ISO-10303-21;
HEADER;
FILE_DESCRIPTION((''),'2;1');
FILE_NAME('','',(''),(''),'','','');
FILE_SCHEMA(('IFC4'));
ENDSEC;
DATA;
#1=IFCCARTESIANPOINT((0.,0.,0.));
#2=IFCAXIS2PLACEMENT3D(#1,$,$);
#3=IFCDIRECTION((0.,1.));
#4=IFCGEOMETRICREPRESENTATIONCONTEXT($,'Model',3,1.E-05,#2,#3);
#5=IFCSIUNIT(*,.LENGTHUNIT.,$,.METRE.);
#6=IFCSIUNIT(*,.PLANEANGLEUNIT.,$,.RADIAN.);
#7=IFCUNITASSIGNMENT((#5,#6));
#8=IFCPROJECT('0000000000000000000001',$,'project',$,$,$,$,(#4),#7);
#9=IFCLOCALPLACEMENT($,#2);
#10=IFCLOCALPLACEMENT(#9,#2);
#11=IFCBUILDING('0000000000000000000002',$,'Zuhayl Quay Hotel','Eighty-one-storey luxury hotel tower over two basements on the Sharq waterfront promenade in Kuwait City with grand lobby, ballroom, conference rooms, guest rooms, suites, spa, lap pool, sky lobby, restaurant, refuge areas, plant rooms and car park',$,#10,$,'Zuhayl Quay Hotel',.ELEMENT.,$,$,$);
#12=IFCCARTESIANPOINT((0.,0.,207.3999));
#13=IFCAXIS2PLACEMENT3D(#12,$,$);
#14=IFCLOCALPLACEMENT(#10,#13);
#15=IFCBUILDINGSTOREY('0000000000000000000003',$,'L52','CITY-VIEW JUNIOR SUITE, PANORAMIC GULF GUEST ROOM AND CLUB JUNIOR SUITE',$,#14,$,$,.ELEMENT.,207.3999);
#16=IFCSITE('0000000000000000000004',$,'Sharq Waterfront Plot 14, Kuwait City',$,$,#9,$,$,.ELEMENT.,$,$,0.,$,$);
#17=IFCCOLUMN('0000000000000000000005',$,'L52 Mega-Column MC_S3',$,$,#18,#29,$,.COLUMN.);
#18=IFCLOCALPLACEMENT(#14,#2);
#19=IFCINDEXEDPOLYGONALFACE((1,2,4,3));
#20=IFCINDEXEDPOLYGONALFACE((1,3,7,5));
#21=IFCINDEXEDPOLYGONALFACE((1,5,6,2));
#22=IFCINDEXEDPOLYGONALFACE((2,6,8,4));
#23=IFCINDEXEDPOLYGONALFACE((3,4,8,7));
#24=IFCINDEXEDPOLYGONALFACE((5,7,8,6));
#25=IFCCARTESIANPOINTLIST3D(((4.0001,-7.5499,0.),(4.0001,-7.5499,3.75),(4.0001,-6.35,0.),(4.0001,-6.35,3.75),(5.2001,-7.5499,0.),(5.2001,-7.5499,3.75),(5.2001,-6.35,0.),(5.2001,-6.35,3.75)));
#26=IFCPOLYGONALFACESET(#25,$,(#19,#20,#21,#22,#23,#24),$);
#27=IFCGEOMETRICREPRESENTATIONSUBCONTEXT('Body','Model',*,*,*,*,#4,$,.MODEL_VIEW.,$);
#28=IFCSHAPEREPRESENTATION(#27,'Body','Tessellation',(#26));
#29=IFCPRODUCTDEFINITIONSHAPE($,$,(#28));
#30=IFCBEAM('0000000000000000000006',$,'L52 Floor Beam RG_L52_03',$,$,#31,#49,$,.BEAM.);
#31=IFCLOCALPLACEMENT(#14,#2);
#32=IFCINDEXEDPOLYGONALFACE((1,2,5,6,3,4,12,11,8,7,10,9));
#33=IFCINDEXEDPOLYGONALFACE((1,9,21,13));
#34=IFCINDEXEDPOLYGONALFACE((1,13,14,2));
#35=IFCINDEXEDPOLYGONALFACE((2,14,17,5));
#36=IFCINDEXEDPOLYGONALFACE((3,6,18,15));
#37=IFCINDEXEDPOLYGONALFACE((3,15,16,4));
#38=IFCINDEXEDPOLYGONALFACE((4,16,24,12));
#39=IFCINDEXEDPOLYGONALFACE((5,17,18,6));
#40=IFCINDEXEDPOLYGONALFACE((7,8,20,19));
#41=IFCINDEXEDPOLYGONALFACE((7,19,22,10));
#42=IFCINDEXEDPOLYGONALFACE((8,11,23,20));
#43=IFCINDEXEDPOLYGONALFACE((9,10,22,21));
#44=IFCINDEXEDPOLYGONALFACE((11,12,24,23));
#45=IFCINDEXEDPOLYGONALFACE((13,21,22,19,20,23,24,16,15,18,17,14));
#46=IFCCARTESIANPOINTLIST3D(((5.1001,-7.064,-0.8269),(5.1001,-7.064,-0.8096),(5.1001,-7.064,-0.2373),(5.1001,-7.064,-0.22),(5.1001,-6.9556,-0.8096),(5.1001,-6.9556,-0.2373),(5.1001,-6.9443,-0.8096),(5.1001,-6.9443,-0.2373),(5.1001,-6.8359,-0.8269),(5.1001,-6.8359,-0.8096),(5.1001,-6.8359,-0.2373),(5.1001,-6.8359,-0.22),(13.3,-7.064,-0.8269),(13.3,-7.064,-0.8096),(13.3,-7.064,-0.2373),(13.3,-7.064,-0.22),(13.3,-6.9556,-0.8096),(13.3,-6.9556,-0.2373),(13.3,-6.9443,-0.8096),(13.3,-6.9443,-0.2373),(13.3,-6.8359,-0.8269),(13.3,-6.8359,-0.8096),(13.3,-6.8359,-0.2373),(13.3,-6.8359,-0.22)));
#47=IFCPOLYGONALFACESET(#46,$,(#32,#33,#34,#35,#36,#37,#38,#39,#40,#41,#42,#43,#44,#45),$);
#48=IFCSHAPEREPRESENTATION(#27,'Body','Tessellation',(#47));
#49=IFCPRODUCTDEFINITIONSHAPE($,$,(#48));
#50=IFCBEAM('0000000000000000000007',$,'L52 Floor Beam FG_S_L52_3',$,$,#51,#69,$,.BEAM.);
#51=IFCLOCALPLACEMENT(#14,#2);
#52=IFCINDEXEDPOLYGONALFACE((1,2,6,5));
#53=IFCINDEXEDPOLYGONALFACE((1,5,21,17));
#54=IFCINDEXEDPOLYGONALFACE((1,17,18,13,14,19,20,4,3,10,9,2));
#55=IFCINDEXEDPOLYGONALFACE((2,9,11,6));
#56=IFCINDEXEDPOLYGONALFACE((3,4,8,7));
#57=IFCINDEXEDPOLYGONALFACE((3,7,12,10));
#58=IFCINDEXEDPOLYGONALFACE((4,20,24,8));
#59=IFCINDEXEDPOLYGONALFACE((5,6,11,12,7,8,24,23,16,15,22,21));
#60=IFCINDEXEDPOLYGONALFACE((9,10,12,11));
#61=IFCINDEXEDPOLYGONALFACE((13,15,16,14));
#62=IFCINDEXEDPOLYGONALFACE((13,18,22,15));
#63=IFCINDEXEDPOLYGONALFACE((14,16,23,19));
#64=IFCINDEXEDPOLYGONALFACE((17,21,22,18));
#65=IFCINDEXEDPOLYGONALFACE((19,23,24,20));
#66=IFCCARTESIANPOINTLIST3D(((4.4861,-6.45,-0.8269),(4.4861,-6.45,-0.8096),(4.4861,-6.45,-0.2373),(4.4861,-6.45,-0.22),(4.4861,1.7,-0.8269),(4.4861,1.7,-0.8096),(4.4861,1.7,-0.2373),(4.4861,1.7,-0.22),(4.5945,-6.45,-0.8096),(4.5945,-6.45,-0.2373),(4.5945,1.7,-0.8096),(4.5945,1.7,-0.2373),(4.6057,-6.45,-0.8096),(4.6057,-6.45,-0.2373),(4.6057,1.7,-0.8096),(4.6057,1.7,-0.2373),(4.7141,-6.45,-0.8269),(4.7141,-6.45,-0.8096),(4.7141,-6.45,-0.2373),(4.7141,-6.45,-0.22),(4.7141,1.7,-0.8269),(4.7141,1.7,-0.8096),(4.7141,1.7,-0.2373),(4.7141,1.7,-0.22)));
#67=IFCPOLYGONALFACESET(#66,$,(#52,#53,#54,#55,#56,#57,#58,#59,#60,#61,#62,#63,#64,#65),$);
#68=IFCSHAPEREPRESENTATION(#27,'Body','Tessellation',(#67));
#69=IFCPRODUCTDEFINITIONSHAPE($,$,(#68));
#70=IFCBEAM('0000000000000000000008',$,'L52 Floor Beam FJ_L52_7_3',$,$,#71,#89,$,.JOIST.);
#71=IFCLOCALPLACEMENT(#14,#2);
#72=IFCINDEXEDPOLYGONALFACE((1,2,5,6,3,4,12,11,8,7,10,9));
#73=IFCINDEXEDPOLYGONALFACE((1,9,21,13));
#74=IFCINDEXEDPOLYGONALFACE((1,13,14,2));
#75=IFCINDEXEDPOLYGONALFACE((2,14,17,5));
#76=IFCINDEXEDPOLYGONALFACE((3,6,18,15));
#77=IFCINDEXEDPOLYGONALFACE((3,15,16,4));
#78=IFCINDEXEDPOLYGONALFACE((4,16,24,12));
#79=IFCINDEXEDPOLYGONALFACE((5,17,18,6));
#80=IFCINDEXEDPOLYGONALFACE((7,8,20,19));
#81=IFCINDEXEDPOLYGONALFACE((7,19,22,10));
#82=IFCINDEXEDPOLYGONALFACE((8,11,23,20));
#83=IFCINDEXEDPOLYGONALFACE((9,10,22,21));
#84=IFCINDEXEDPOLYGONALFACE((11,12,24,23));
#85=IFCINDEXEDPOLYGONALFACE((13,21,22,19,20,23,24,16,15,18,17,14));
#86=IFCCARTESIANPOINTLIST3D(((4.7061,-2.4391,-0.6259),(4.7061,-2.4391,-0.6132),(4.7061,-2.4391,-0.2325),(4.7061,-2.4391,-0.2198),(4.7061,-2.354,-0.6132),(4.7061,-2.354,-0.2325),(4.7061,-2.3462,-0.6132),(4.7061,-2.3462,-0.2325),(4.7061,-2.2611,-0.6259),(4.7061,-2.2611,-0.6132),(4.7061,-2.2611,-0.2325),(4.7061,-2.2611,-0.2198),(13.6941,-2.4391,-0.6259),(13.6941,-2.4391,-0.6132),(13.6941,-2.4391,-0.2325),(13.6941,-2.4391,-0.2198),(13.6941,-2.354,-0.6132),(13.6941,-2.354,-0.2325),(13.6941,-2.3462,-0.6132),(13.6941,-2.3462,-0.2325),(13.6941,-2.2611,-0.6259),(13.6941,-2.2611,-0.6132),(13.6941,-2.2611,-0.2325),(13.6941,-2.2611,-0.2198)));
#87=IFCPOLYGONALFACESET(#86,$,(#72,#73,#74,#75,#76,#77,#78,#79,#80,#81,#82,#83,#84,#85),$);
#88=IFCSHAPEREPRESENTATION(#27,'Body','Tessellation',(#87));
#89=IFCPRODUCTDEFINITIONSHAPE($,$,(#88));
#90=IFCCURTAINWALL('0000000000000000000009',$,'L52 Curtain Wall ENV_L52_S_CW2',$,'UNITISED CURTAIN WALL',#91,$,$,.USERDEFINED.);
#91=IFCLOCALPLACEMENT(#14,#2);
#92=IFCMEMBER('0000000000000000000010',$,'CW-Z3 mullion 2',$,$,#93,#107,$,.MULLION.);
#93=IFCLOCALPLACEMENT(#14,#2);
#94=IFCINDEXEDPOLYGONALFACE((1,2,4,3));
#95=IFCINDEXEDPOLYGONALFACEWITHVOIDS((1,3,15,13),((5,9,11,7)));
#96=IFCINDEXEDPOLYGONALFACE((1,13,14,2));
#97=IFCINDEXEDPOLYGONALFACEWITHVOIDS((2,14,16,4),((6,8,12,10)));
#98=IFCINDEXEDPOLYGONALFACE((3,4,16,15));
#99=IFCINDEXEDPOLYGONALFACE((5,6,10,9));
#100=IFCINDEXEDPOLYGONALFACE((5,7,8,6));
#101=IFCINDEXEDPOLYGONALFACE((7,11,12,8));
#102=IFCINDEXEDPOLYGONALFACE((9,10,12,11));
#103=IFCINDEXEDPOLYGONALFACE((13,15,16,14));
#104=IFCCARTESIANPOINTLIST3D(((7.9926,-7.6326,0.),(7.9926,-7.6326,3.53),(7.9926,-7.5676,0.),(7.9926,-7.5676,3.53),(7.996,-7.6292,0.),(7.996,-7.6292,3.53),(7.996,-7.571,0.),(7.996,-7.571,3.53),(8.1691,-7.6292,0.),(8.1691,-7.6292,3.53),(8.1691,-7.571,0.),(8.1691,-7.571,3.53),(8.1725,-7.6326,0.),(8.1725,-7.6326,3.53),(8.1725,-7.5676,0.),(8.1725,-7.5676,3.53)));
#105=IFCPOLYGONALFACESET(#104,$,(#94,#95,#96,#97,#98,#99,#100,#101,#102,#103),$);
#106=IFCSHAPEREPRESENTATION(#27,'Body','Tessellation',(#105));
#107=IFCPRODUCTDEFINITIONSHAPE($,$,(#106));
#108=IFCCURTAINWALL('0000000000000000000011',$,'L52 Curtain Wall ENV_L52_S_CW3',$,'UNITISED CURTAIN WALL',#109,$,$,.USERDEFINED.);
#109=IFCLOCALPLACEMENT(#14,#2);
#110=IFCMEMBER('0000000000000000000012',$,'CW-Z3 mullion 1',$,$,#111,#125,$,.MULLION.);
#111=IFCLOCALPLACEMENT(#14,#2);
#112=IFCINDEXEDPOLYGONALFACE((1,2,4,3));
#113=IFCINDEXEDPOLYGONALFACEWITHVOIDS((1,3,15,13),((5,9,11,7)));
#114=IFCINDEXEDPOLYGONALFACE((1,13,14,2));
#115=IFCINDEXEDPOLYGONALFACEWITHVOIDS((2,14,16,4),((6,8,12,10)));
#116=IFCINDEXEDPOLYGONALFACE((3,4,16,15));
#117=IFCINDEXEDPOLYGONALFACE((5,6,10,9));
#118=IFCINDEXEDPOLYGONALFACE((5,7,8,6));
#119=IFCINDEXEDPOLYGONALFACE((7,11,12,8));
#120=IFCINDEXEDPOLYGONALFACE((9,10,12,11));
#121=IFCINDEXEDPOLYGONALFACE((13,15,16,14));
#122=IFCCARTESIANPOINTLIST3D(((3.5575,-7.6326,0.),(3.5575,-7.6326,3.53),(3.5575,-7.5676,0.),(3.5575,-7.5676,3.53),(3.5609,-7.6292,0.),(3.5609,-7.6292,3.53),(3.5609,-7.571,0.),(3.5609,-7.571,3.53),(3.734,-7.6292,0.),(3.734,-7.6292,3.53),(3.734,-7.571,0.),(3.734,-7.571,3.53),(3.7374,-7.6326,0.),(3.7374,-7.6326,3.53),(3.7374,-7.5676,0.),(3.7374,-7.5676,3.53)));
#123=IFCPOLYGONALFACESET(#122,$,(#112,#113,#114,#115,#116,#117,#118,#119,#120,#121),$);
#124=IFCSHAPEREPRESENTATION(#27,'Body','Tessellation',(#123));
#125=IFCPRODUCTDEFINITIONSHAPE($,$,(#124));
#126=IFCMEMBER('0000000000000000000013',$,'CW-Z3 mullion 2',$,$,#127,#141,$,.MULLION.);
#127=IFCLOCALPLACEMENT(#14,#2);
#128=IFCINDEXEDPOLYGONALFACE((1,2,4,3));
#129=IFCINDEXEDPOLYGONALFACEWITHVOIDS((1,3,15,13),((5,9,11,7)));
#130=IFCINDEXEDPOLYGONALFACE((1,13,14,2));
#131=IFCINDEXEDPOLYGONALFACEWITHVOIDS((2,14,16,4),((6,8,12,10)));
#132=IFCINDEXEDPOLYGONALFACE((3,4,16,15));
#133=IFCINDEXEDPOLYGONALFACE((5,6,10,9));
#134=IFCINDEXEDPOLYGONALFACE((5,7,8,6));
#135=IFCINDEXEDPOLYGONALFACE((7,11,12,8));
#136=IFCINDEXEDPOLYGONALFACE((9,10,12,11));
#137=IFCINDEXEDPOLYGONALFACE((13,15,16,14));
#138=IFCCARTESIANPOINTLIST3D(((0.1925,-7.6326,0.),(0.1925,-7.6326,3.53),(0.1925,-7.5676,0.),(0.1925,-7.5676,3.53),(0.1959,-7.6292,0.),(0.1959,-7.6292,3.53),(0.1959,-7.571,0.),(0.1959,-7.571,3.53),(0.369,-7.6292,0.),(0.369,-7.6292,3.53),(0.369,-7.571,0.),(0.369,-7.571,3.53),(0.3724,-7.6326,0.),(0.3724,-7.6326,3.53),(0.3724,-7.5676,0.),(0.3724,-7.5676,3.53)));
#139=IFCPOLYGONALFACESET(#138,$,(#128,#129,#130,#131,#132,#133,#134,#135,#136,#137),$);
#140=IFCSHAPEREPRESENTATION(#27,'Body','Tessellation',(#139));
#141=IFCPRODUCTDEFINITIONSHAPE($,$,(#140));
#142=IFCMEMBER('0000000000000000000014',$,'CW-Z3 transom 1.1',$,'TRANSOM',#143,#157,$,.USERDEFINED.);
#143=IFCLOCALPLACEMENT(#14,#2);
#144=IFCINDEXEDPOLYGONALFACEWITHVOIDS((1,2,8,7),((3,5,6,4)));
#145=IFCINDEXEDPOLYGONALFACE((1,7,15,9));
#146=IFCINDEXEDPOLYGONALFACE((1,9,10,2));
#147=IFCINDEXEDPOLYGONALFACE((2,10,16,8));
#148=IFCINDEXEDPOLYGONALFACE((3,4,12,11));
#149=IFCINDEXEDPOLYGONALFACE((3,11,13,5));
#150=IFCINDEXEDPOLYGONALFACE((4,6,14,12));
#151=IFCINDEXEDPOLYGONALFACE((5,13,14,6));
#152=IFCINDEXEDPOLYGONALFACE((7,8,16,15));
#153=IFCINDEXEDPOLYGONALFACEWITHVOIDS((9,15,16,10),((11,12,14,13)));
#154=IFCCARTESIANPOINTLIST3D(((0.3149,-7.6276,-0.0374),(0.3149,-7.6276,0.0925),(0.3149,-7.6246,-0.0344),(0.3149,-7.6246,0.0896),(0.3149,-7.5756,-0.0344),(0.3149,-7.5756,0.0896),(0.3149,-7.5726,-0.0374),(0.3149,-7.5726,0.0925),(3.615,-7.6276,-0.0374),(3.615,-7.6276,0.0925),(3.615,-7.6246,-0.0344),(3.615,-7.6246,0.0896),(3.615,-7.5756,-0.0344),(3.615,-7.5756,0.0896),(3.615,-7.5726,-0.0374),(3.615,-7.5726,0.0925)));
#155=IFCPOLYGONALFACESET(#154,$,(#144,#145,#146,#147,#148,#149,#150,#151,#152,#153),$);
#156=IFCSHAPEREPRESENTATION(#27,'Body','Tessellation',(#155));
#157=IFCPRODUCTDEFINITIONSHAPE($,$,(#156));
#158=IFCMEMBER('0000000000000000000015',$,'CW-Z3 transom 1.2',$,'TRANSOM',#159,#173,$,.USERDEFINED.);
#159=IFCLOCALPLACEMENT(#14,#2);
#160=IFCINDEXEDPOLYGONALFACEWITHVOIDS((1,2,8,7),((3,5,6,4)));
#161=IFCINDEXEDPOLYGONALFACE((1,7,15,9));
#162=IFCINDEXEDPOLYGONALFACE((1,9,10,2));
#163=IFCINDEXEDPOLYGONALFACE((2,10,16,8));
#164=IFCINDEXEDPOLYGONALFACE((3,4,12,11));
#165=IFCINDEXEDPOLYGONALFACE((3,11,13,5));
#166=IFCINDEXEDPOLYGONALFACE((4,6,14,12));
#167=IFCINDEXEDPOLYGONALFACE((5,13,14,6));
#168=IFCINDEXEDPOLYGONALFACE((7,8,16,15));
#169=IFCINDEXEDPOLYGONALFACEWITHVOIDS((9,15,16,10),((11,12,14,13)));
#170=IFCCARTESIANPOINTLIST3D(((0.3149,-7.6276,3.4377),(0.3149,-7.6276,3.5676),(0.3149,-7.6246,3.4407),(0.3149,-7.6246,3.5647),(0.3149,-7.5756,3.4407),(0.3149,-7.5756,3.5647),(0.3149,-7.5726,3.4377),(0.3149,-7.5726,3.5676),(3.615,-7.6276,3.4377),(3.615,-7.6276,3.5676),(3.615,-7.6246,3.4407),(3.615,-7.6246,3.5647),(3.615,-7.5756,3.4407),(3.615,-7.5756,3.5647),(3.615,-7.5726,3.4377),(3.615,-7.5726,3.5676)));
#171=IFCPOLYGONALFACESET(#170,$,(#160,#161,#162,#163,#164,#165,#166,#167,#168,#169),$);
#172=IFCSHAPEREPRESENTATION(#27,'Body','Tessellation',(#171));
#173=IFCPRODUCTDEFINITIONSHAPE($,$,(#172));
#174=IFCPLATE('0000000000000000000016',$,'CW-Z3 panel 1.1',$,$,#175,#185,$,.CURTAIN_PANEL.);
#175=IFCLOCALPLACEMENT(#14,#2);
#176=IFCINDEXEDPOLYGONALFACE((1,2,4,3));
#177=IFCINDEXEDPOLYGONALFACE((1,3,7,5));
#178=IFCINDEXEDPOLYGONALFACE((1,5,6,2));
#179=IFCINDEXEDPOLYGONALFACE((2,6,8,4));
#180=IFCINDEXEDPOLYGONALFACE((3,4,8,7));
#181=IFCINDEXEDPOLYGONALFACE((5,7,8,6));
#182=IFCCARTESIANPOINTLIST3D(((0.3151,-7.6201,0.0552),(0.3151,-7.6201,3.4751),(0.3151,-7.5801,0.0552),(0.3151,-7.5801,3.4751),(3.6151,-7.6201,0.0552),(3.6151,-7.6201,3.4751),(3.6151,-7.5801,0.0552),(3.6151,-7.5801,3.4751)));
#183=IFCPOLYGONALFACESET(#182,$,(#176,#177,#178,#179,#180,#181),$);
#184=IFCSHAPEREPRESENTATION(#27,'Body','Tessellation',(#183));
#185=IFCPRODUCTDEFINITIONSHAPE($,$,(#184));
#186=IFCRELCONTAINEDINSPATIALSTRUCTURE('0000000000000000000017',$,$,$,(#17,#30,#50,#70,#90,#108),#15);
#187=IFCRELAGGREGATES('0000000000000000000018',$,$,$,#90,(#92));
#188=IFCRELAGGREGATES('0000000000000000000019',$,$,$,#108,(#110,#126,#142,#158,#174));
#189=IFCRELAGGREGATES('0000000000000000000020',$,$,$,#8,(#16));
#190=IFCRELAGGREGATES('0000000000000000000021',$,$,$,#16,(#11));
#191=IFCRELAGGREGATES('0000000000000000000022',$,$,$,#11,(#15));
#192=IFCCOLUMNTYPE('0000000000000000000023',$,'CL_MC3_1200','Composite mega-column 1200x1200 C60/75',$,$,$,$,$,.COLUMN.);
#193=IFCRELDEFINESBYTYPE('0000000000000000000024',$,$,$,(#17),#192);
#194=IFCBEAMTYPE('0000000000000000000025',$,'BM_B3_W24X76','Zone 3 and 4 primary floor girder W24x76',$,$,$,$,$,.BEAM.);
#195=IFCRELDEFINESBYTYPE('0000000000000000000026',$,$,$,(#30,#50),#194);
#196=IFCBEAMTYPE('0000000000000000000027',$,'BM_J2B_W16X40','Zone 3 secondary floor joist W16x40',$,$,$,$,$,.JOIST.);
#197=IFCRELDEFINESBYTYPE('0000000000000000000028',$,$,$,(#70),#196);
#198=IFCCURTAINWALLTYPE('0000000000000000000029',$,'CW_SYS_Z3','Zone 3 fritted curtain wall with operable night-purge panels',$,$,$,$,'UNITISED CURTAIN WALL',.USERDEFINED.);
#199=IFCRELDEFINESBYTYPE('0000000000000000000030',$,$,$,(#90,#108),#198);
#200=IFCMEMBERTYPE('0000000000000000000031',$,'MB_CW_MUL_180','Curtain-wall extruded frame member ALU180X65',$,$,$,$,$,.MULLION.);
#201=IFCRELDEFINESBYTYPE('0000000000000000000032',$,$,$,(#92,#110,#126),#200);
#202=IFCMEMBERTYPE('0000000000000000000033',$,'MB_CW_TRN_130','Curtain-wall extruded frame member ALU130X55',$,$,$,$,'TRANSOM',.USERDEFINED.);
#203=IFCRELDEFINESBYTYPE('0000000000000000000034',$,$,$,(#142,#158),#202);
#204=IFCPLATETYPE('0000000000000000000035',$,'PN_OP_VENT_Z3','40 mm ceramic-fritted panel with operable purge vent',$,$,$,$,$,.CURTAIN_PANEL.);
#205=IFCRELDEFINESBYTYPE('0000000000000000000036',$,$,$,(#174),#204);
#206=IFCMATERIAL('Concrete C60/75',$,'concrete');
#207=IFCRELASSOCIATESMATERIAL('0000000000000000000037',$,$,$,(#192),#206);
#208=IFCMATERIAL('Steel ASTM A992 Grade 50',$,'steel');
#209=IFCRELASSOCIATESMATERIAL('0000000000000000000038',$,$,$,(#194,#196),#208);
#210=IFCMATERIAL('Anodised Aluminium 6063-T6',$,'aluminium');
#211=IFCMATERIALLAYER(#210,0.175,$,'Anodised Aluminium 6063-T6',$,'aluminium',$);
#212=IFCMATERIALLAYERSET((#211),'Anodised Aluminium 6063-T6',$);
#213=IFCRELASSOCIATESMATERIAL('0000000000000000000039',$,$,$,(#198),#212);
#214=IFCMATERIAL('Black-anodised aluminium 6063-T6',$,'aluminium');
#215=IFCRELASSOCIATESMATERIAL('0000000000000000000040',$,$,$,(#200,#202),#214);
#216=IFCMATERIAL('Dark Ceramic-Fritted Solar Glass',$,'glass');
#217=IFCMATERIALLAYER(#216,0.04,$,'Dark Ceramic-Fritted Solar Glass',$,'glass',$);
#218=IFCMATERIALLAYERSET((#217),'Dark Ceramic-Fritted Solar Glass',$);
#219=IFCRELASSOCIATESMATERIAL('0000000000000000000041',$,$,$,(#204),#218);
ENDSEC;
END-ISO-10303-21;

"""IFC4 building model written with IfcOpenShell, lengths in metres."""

from ifc_helpers import new_model, si_unit, direction, frame, origin, origin_2d, place, context, subcontext, project, spatial, rectangle, hollow_rectangle, i_section, extrude, material, layer, layer_set, material_profile, profile_set, type_object, element, aggregate, save


model = new_model("IFC4")

# Units and contexts
model_context = context("Model", 3, precision=1e-05, world=origin(), true_north=direction((0.0, 1.0)))
body_context = subcontext(model_context, "Body", "Model", "MODEL_VIEW")
ifc_project = project(units=[si_unit("LENGTHUNIT", "METRE"), si_unit("PLANEANGLEUNIT", "RADIAN")], contexts=[model_context])

# Site, building, storey
site_placement = place(None, origin())
site = spatial("IfcSite", under=ifc_project, at=site_placement, Name="Sharq Waterfront Plot 14, Kuwait City", CompositionType="ELEMENT", RefElevation=0.0)
building_placement = place(site_placement, origin())
building = spatial("IfcBuilding", under=site, at=building_placement, Name="Zuhayl Quay Hotel", Description="Eighty-one-storey luxury hotel tower over two basements on the Sharq waterfront promenade in Kuwait City with grand lobby, ballroom, conference rooms, guest rooms, suites, spa, lap pool, sky lobby, restaurant, refuge areas, plant rooms and car park", LongName="Zuhayl Quay Hotel", CompositionType="ELEMENT")
storey_placement = place(building_placement, frame((0.0, 0.0, 207.3999)))
storey = spatial("IfcBuildingStorey", under=building, at=storey_placement, Name="L52", Description="CITY-VIEW JUNIOR SUITE, PANORAMIC GULF GUEST ROOM AND CLUB JUNIOR SUITE", CompositionType="ELEMENT", Elevation=207.3999)

# Column
ifc_material_1 = material(Name="Concrete C60/75", Category="concrete")
ifc_material_profile_1 = material_profile(ifc_material_1, rectangle(XDim=1.2, YDim=1.2, at=origin_2d()), Name="RC1200X1200")
ifc_profile_set_1 = profile_set([ifc_material_profile_1], Name="Concrete C60/75")
column_type = type_object("IfcColumnType", Name="CL_MC3_1200", Description="Composite mega-column 1200x1200 C60/75", PredefinedType="COLUMN", material=ifc_profile_set_1)
column_placement = place(storey_placement, frame((4.6001, -6.95, 0.0), z_axis=(0.0, 0.0, 1.0), x_axis=(1.0, 0.0, 0.0)))
element("IfcColumn", 1, at=column_placement, inside=storey, type_object=column_type, Name="L52 Mega-Column MC_S3", PredefinedType="COLUMN", context=body_context, shape_type="SweptSolid", body=[
    extrude(rectangle(XDim=1.2, YDim=1.2, at=origin_2d()), origin(), (0.0, 0.0, 1.0), 3.75),
])

# Beams
ifc_material_2 = material(Name="Steel ASTM A992 Grade 50", Category="steel")
ifc_material_profile_2 = material_profile(ifc_material_2, i_section(OverallWidth=0.228, OverallDepth=0.6069, WebThickness=0.0112, FlangeThickness=0.0173, at=origin_2d()), Name="W24X76")
ifc_profile_set_2 = profile_set([ifc_material_profile_2], Name="Steel ASTM A992 Grade 50")
beam_type_1 = type_object("IfcBeamType", Name="BM_B3_W24X76", Description="Zone 3 and 4 primary floor girder W24x76", PredefinedType="BEAM", material=ifc_profile_set_2)
beam_1_placement = place(storey_placement, frame((5.1001, -6.95, -0.5234), z_axis=(1.0, 0.0, 0.0), x_axis=(0.0, 1.0, 0.0)))
element("IfcBeam", 2, at=beam_1_placement, inside=storey, type_object=beam_type_1, Name="L52 Floor Beam RG_L52_03", PredefinedType="BEAM", context=body_context, shape_type="SweptSolid", body=[
    extrude(i_section(OverallWidth=0.228, OverallDepth=0.6069, WebThickness=0.0112, FlangeThickness=0.0173, at=origin_2d()), origin(), (0.0, 0.0, 1.0), 8.2),
])
beam_2_placement = place(storey_placement, frame((4.6001, -6.45, -0.5234), z_axis=(0.0, 1.0, 0.0), x_axis=(-1.0, 0.0, 0.0)))
element("IfcBeam", 3, at=beam_2_placement, inside=storey, type_object=beam_type_1, Name="L52 Floor Beam FG_S_L52_3", PredefinedType="BEAM", context=body_context, shape_type="SweptSolid", body=[
    extrude(i_section(OverallWidth=0.228, OverallDepth=0.6069, WebThickness=0.0112, FlangeThickness=0.0173, at=origin_2d()), origin(), (0.0, 0.0, 1.0), 8.1499),
])
ifc_material_profile_3 = material_profile(ifc_material_2, i_section(OverallWidth=0.178, OverallDepth=0.406, WebThickness=0.0078, FlangeThickness=0.0127, at=origin_2d()), Name="W16X40")
ifc_profile_set_3 = profile_set([ifc_material_profile_3], Name="Steel ASTM A992 Grade 50")
beam_type_2 = type_object("IfcBeamType", Name="BM_J2B_W16X40", Description="Zone 3 secondary floor joist W16x40", PredefinedType="JOIST", material=ifc_profile_set_3)
beam_3_placement = place(storey_placement, frame((4.7061, -2.3501, -0.4229), z_axis=(1.0, 0.0, 0.0), x_axis=(0.0, 1.0, 0.0)))
element("IfcBeam", 4, at=beam_3_placement, inside=storey, type_object=beam_type_2, Name="L52 Floor Beam FJ_L52_7_3", PredefinedType="JOIST", context=body_context, shape_type="SweptSolid", body=[
    extrude(i_section(OverallWidth=0.178, OverallDepth=0.406, WebThickness=0.0078, FlangeThickness=0.0127, at=origin_2d()), origin(), (0.0, 0.0, 1.0), 8.988),
])

# Curtain wall, member
ifc_material_3 = material(Name="Anodised Aluminium 6063-T6", Category="aluminium")
ifc_layer_1 = layer(ifc_material_3, 0.175, Name="Anodised Aluminium 6063-T6", Category="aluminium")
ifc_layer_set_1 = layer_set([ifc_layer_1], Name="Anodised Aluminium 6063-T6")
curtain_wall_type = type_object("IfcCurtainWallType", Name="CW_SYS_Z3", Description="Zone 3 fritted curtain wall with operable night-purge panels", ElementType="UNITISED CURTAIN WALL", PredefinedType="USERDEFINED", material=ifc_layer_set_1)
curtain_wall_1_placement = place(storey_placement, origin())
curtain_wall_1 = element("IfcCurtainWall", 5, at=curtain_wall_1_placement, inside=storey, type_object=curtain_wall_type, Name="L52 Curtain Wall ENV_L52_S_CW2", ObjectType="UNITISED CURTAIN WALL", PredefinedType="USERDEFINED")
ifc_material_4 = material(Name="Black-anodised aluminium 6063-T6", Category="aluminium")
ifc_material_profile_4 = material_profile(ifc_material_4, hollow_rectangle(XDim=0.0649, YDim=0.1799, WallThickness=0.0034, at=origin_2d()), Name="ALU180X65")
ifc_profile_set_4 = profile_set([ifc_material_profile_4], Name="Black-anodised aluminium 6063-T6")
member_type_1 = type_object("IfcMemberType", Name="MB_CW_MUL_180", Description="Curtain-wall extruded frame member ALU180X65", PredefinedType="MULLION", material=ifc_profile_set_4)
member_1_placement = place(storey_placement, frame((8.0825, -7.6001, 0.0), z_axis=(0.0, 0.0, 1.0), x_axis=(0.0, -1.0, 0.0)))
member_1 = element("IfcMember", 6, at=member_1_placement, type_object=member_type_1, Name="CW-Z3 mullion 2", PredefinedType="MULLION", context=body_context, shape_type="SweptSolid", body=[
    extrude(hollow_rectangle(XDim=0.0649, YDim=0.1799, WallThickness=0.0034, at=origin_2d()), origin(), (0.0, 0.0, 1.0), 3.53),
])
aggregate(curtain_wall_1, [member_1])

# Curtain wall, members, plate
curtain_wall_2_placement = place(storey_placement, origin())
curtain_wall_2 = element("IfcCurtainWall", 7, at=curtain_wall_2_placement, inside=storey, type_object=curtain_wall_type, Name="L52 Curtain Wall ENV_L52_S_CW3", ObjectType="UNITISED CURTAIN WALL", PredefinedType="USERDEFINED")
member_2_placement = place(storey_placement, frame((3.6475, -7.6001, 0.0), z_axis=(0.0, 0.0, 1.0), x_axis=(0.0, -1.0, 0.0)))
member_2 = element("IfcMember", 8, at=member_2_placement, type_object=member_type_1, Name="CW-Z3 mullion 1", PredefinedType="MULLION", context=body_context, shape_type="SweptSolid", body=[
    extrude(hollow_rectangle(XDim=0.0649, YDim=0.1799, WallThickness=0.0034, at=origin_2d()), origin(), (0.0, 0.0, 1.0), 3.53),
])
member_3_placement = place(storey_placement, frame((0.2825, -7.6001, 0.0), z_axis=(0.0, 0.0, 1.0), x_axis=(0.0, -1.0, 0.0)))
member_3 = element("IfcMember", 9, at=member_3_placement, type_object=member_type_1, Name="CW-Z3 mullion 2", PredefinedType="MULLION", context=body_context, shape_type="SweptSolid", body=[
    extrude(hollow_rectangle(XDim=0.0649, YDim=0.1799, WallThickness=0.0034, at=origin_2d()), origin(), (0.0, 0.0, 1.0), 3.53),
])
ifc_material_profile_5 = material_profile(ifc_material_4, hollow_rectangle(XDim=0.0549, YDim=0.1299, WallThickness=0.0029, at=origin_2d()), Name="ALU130X55")
ifc_profile_set_5 = profile_set([ifc_material_profile_5], Name="Black-anodised aluminium 6063-T6")
member_type_2 = type_object("IfcMemberType", Name="MB_CW_TRN_130", Description="Curtain-wall extruded frame member ALU130X55", ElementType="TRANSOM", PredefinedType="USERDEFINED", material=ifc_profile_set_5)
member_4_placement = place(storey_placement, frame((3.615, -7.6001, 0.0276), z_axis=(-1.0, 0.0, 0.0), x_axis=(0.0, -1.0, 0.0)))
member_4 = element("IfcMember", 10, at=member_4_placement, type_object=member_type_2, Name="CW-Z3 transom 1.1", ObjectType="TRANSOM", PredefinedType="USERDEFINED", context=body_context, shape_type="SweptSolid", body=[
    extrude(hollow_rectangle(XDim=0.0549, YDim=0.1299, WallThickness=0.0029, at=origin_2d()), origin(), (0.0, 0.0, 1.0), 3.3),
])
member_5_placement = place(storey_placement, frame((3.615, -7.6001, 3.5027), z_axis=(-1.0, 0.0, 0.0), x_axis=(0.0, -1.0, 0.0)))
member_5 = element("IfcMember", 11, at=member_5_placement, type_object=member_type_2, Name="CW-Z3 transom 1.2", ObjectType="TRANSOM", PredefinedType="USERDEFINED", context=body_context, shape_type="SweptSolid", body=[
    extrude(hollow_rectangle(XDim=0.0549, YDim=0.1299, WallThickness=0.0029, at=origin_2d()), origin(), (0.0, 0.0, 1.0), 3.3),
])
ifc_material_5 = material(Name="Dark Ceramic-Fritted Solar Glass", Category="glass")
ifc_layer_2 = layer(ifc_material_5, 0.04, Name="Dark Ceramic-Fritted Solar Glass", Category="glass")
ifc_layer_set_2 = layer_set([ifc_layer_2], Name="Dark Ceramic-Fritted Solar Glass")
plate_type = type_object("IfcPlateType", Name="PN_OP_VENT_Z3", Description="40 mm ceramic-fritted panel with operable purge vent", PredefinedType="CURTAIN_PANEL", material=ifc_layer_set_2)
plate_placement = place(storey_placement, frame((1.9651, -7.6001, 0.0552), z_axis=(0.0, 0.0, 1.0), x_axis=(-1.0, 0.0, 0.0)))
plate = element("IfcPlate", 12, at=plate_placement, type_object=plate_type, Name="CW-Z3 panel 1.1", PredefinedType="CURTAIN_PANEL", context=body_context, shape_type="SweptSolid", body=[
    extrude(rectangle(XDim=3.3, YDim=0.04, at=origin_2d()), origin(), (0.0, 0.0, 1.0), 3.4199),
])
aggregate(curtain_wall_2, [member_2, member_3, member_4, member_5, plate])

save(model, "model.ifc")
